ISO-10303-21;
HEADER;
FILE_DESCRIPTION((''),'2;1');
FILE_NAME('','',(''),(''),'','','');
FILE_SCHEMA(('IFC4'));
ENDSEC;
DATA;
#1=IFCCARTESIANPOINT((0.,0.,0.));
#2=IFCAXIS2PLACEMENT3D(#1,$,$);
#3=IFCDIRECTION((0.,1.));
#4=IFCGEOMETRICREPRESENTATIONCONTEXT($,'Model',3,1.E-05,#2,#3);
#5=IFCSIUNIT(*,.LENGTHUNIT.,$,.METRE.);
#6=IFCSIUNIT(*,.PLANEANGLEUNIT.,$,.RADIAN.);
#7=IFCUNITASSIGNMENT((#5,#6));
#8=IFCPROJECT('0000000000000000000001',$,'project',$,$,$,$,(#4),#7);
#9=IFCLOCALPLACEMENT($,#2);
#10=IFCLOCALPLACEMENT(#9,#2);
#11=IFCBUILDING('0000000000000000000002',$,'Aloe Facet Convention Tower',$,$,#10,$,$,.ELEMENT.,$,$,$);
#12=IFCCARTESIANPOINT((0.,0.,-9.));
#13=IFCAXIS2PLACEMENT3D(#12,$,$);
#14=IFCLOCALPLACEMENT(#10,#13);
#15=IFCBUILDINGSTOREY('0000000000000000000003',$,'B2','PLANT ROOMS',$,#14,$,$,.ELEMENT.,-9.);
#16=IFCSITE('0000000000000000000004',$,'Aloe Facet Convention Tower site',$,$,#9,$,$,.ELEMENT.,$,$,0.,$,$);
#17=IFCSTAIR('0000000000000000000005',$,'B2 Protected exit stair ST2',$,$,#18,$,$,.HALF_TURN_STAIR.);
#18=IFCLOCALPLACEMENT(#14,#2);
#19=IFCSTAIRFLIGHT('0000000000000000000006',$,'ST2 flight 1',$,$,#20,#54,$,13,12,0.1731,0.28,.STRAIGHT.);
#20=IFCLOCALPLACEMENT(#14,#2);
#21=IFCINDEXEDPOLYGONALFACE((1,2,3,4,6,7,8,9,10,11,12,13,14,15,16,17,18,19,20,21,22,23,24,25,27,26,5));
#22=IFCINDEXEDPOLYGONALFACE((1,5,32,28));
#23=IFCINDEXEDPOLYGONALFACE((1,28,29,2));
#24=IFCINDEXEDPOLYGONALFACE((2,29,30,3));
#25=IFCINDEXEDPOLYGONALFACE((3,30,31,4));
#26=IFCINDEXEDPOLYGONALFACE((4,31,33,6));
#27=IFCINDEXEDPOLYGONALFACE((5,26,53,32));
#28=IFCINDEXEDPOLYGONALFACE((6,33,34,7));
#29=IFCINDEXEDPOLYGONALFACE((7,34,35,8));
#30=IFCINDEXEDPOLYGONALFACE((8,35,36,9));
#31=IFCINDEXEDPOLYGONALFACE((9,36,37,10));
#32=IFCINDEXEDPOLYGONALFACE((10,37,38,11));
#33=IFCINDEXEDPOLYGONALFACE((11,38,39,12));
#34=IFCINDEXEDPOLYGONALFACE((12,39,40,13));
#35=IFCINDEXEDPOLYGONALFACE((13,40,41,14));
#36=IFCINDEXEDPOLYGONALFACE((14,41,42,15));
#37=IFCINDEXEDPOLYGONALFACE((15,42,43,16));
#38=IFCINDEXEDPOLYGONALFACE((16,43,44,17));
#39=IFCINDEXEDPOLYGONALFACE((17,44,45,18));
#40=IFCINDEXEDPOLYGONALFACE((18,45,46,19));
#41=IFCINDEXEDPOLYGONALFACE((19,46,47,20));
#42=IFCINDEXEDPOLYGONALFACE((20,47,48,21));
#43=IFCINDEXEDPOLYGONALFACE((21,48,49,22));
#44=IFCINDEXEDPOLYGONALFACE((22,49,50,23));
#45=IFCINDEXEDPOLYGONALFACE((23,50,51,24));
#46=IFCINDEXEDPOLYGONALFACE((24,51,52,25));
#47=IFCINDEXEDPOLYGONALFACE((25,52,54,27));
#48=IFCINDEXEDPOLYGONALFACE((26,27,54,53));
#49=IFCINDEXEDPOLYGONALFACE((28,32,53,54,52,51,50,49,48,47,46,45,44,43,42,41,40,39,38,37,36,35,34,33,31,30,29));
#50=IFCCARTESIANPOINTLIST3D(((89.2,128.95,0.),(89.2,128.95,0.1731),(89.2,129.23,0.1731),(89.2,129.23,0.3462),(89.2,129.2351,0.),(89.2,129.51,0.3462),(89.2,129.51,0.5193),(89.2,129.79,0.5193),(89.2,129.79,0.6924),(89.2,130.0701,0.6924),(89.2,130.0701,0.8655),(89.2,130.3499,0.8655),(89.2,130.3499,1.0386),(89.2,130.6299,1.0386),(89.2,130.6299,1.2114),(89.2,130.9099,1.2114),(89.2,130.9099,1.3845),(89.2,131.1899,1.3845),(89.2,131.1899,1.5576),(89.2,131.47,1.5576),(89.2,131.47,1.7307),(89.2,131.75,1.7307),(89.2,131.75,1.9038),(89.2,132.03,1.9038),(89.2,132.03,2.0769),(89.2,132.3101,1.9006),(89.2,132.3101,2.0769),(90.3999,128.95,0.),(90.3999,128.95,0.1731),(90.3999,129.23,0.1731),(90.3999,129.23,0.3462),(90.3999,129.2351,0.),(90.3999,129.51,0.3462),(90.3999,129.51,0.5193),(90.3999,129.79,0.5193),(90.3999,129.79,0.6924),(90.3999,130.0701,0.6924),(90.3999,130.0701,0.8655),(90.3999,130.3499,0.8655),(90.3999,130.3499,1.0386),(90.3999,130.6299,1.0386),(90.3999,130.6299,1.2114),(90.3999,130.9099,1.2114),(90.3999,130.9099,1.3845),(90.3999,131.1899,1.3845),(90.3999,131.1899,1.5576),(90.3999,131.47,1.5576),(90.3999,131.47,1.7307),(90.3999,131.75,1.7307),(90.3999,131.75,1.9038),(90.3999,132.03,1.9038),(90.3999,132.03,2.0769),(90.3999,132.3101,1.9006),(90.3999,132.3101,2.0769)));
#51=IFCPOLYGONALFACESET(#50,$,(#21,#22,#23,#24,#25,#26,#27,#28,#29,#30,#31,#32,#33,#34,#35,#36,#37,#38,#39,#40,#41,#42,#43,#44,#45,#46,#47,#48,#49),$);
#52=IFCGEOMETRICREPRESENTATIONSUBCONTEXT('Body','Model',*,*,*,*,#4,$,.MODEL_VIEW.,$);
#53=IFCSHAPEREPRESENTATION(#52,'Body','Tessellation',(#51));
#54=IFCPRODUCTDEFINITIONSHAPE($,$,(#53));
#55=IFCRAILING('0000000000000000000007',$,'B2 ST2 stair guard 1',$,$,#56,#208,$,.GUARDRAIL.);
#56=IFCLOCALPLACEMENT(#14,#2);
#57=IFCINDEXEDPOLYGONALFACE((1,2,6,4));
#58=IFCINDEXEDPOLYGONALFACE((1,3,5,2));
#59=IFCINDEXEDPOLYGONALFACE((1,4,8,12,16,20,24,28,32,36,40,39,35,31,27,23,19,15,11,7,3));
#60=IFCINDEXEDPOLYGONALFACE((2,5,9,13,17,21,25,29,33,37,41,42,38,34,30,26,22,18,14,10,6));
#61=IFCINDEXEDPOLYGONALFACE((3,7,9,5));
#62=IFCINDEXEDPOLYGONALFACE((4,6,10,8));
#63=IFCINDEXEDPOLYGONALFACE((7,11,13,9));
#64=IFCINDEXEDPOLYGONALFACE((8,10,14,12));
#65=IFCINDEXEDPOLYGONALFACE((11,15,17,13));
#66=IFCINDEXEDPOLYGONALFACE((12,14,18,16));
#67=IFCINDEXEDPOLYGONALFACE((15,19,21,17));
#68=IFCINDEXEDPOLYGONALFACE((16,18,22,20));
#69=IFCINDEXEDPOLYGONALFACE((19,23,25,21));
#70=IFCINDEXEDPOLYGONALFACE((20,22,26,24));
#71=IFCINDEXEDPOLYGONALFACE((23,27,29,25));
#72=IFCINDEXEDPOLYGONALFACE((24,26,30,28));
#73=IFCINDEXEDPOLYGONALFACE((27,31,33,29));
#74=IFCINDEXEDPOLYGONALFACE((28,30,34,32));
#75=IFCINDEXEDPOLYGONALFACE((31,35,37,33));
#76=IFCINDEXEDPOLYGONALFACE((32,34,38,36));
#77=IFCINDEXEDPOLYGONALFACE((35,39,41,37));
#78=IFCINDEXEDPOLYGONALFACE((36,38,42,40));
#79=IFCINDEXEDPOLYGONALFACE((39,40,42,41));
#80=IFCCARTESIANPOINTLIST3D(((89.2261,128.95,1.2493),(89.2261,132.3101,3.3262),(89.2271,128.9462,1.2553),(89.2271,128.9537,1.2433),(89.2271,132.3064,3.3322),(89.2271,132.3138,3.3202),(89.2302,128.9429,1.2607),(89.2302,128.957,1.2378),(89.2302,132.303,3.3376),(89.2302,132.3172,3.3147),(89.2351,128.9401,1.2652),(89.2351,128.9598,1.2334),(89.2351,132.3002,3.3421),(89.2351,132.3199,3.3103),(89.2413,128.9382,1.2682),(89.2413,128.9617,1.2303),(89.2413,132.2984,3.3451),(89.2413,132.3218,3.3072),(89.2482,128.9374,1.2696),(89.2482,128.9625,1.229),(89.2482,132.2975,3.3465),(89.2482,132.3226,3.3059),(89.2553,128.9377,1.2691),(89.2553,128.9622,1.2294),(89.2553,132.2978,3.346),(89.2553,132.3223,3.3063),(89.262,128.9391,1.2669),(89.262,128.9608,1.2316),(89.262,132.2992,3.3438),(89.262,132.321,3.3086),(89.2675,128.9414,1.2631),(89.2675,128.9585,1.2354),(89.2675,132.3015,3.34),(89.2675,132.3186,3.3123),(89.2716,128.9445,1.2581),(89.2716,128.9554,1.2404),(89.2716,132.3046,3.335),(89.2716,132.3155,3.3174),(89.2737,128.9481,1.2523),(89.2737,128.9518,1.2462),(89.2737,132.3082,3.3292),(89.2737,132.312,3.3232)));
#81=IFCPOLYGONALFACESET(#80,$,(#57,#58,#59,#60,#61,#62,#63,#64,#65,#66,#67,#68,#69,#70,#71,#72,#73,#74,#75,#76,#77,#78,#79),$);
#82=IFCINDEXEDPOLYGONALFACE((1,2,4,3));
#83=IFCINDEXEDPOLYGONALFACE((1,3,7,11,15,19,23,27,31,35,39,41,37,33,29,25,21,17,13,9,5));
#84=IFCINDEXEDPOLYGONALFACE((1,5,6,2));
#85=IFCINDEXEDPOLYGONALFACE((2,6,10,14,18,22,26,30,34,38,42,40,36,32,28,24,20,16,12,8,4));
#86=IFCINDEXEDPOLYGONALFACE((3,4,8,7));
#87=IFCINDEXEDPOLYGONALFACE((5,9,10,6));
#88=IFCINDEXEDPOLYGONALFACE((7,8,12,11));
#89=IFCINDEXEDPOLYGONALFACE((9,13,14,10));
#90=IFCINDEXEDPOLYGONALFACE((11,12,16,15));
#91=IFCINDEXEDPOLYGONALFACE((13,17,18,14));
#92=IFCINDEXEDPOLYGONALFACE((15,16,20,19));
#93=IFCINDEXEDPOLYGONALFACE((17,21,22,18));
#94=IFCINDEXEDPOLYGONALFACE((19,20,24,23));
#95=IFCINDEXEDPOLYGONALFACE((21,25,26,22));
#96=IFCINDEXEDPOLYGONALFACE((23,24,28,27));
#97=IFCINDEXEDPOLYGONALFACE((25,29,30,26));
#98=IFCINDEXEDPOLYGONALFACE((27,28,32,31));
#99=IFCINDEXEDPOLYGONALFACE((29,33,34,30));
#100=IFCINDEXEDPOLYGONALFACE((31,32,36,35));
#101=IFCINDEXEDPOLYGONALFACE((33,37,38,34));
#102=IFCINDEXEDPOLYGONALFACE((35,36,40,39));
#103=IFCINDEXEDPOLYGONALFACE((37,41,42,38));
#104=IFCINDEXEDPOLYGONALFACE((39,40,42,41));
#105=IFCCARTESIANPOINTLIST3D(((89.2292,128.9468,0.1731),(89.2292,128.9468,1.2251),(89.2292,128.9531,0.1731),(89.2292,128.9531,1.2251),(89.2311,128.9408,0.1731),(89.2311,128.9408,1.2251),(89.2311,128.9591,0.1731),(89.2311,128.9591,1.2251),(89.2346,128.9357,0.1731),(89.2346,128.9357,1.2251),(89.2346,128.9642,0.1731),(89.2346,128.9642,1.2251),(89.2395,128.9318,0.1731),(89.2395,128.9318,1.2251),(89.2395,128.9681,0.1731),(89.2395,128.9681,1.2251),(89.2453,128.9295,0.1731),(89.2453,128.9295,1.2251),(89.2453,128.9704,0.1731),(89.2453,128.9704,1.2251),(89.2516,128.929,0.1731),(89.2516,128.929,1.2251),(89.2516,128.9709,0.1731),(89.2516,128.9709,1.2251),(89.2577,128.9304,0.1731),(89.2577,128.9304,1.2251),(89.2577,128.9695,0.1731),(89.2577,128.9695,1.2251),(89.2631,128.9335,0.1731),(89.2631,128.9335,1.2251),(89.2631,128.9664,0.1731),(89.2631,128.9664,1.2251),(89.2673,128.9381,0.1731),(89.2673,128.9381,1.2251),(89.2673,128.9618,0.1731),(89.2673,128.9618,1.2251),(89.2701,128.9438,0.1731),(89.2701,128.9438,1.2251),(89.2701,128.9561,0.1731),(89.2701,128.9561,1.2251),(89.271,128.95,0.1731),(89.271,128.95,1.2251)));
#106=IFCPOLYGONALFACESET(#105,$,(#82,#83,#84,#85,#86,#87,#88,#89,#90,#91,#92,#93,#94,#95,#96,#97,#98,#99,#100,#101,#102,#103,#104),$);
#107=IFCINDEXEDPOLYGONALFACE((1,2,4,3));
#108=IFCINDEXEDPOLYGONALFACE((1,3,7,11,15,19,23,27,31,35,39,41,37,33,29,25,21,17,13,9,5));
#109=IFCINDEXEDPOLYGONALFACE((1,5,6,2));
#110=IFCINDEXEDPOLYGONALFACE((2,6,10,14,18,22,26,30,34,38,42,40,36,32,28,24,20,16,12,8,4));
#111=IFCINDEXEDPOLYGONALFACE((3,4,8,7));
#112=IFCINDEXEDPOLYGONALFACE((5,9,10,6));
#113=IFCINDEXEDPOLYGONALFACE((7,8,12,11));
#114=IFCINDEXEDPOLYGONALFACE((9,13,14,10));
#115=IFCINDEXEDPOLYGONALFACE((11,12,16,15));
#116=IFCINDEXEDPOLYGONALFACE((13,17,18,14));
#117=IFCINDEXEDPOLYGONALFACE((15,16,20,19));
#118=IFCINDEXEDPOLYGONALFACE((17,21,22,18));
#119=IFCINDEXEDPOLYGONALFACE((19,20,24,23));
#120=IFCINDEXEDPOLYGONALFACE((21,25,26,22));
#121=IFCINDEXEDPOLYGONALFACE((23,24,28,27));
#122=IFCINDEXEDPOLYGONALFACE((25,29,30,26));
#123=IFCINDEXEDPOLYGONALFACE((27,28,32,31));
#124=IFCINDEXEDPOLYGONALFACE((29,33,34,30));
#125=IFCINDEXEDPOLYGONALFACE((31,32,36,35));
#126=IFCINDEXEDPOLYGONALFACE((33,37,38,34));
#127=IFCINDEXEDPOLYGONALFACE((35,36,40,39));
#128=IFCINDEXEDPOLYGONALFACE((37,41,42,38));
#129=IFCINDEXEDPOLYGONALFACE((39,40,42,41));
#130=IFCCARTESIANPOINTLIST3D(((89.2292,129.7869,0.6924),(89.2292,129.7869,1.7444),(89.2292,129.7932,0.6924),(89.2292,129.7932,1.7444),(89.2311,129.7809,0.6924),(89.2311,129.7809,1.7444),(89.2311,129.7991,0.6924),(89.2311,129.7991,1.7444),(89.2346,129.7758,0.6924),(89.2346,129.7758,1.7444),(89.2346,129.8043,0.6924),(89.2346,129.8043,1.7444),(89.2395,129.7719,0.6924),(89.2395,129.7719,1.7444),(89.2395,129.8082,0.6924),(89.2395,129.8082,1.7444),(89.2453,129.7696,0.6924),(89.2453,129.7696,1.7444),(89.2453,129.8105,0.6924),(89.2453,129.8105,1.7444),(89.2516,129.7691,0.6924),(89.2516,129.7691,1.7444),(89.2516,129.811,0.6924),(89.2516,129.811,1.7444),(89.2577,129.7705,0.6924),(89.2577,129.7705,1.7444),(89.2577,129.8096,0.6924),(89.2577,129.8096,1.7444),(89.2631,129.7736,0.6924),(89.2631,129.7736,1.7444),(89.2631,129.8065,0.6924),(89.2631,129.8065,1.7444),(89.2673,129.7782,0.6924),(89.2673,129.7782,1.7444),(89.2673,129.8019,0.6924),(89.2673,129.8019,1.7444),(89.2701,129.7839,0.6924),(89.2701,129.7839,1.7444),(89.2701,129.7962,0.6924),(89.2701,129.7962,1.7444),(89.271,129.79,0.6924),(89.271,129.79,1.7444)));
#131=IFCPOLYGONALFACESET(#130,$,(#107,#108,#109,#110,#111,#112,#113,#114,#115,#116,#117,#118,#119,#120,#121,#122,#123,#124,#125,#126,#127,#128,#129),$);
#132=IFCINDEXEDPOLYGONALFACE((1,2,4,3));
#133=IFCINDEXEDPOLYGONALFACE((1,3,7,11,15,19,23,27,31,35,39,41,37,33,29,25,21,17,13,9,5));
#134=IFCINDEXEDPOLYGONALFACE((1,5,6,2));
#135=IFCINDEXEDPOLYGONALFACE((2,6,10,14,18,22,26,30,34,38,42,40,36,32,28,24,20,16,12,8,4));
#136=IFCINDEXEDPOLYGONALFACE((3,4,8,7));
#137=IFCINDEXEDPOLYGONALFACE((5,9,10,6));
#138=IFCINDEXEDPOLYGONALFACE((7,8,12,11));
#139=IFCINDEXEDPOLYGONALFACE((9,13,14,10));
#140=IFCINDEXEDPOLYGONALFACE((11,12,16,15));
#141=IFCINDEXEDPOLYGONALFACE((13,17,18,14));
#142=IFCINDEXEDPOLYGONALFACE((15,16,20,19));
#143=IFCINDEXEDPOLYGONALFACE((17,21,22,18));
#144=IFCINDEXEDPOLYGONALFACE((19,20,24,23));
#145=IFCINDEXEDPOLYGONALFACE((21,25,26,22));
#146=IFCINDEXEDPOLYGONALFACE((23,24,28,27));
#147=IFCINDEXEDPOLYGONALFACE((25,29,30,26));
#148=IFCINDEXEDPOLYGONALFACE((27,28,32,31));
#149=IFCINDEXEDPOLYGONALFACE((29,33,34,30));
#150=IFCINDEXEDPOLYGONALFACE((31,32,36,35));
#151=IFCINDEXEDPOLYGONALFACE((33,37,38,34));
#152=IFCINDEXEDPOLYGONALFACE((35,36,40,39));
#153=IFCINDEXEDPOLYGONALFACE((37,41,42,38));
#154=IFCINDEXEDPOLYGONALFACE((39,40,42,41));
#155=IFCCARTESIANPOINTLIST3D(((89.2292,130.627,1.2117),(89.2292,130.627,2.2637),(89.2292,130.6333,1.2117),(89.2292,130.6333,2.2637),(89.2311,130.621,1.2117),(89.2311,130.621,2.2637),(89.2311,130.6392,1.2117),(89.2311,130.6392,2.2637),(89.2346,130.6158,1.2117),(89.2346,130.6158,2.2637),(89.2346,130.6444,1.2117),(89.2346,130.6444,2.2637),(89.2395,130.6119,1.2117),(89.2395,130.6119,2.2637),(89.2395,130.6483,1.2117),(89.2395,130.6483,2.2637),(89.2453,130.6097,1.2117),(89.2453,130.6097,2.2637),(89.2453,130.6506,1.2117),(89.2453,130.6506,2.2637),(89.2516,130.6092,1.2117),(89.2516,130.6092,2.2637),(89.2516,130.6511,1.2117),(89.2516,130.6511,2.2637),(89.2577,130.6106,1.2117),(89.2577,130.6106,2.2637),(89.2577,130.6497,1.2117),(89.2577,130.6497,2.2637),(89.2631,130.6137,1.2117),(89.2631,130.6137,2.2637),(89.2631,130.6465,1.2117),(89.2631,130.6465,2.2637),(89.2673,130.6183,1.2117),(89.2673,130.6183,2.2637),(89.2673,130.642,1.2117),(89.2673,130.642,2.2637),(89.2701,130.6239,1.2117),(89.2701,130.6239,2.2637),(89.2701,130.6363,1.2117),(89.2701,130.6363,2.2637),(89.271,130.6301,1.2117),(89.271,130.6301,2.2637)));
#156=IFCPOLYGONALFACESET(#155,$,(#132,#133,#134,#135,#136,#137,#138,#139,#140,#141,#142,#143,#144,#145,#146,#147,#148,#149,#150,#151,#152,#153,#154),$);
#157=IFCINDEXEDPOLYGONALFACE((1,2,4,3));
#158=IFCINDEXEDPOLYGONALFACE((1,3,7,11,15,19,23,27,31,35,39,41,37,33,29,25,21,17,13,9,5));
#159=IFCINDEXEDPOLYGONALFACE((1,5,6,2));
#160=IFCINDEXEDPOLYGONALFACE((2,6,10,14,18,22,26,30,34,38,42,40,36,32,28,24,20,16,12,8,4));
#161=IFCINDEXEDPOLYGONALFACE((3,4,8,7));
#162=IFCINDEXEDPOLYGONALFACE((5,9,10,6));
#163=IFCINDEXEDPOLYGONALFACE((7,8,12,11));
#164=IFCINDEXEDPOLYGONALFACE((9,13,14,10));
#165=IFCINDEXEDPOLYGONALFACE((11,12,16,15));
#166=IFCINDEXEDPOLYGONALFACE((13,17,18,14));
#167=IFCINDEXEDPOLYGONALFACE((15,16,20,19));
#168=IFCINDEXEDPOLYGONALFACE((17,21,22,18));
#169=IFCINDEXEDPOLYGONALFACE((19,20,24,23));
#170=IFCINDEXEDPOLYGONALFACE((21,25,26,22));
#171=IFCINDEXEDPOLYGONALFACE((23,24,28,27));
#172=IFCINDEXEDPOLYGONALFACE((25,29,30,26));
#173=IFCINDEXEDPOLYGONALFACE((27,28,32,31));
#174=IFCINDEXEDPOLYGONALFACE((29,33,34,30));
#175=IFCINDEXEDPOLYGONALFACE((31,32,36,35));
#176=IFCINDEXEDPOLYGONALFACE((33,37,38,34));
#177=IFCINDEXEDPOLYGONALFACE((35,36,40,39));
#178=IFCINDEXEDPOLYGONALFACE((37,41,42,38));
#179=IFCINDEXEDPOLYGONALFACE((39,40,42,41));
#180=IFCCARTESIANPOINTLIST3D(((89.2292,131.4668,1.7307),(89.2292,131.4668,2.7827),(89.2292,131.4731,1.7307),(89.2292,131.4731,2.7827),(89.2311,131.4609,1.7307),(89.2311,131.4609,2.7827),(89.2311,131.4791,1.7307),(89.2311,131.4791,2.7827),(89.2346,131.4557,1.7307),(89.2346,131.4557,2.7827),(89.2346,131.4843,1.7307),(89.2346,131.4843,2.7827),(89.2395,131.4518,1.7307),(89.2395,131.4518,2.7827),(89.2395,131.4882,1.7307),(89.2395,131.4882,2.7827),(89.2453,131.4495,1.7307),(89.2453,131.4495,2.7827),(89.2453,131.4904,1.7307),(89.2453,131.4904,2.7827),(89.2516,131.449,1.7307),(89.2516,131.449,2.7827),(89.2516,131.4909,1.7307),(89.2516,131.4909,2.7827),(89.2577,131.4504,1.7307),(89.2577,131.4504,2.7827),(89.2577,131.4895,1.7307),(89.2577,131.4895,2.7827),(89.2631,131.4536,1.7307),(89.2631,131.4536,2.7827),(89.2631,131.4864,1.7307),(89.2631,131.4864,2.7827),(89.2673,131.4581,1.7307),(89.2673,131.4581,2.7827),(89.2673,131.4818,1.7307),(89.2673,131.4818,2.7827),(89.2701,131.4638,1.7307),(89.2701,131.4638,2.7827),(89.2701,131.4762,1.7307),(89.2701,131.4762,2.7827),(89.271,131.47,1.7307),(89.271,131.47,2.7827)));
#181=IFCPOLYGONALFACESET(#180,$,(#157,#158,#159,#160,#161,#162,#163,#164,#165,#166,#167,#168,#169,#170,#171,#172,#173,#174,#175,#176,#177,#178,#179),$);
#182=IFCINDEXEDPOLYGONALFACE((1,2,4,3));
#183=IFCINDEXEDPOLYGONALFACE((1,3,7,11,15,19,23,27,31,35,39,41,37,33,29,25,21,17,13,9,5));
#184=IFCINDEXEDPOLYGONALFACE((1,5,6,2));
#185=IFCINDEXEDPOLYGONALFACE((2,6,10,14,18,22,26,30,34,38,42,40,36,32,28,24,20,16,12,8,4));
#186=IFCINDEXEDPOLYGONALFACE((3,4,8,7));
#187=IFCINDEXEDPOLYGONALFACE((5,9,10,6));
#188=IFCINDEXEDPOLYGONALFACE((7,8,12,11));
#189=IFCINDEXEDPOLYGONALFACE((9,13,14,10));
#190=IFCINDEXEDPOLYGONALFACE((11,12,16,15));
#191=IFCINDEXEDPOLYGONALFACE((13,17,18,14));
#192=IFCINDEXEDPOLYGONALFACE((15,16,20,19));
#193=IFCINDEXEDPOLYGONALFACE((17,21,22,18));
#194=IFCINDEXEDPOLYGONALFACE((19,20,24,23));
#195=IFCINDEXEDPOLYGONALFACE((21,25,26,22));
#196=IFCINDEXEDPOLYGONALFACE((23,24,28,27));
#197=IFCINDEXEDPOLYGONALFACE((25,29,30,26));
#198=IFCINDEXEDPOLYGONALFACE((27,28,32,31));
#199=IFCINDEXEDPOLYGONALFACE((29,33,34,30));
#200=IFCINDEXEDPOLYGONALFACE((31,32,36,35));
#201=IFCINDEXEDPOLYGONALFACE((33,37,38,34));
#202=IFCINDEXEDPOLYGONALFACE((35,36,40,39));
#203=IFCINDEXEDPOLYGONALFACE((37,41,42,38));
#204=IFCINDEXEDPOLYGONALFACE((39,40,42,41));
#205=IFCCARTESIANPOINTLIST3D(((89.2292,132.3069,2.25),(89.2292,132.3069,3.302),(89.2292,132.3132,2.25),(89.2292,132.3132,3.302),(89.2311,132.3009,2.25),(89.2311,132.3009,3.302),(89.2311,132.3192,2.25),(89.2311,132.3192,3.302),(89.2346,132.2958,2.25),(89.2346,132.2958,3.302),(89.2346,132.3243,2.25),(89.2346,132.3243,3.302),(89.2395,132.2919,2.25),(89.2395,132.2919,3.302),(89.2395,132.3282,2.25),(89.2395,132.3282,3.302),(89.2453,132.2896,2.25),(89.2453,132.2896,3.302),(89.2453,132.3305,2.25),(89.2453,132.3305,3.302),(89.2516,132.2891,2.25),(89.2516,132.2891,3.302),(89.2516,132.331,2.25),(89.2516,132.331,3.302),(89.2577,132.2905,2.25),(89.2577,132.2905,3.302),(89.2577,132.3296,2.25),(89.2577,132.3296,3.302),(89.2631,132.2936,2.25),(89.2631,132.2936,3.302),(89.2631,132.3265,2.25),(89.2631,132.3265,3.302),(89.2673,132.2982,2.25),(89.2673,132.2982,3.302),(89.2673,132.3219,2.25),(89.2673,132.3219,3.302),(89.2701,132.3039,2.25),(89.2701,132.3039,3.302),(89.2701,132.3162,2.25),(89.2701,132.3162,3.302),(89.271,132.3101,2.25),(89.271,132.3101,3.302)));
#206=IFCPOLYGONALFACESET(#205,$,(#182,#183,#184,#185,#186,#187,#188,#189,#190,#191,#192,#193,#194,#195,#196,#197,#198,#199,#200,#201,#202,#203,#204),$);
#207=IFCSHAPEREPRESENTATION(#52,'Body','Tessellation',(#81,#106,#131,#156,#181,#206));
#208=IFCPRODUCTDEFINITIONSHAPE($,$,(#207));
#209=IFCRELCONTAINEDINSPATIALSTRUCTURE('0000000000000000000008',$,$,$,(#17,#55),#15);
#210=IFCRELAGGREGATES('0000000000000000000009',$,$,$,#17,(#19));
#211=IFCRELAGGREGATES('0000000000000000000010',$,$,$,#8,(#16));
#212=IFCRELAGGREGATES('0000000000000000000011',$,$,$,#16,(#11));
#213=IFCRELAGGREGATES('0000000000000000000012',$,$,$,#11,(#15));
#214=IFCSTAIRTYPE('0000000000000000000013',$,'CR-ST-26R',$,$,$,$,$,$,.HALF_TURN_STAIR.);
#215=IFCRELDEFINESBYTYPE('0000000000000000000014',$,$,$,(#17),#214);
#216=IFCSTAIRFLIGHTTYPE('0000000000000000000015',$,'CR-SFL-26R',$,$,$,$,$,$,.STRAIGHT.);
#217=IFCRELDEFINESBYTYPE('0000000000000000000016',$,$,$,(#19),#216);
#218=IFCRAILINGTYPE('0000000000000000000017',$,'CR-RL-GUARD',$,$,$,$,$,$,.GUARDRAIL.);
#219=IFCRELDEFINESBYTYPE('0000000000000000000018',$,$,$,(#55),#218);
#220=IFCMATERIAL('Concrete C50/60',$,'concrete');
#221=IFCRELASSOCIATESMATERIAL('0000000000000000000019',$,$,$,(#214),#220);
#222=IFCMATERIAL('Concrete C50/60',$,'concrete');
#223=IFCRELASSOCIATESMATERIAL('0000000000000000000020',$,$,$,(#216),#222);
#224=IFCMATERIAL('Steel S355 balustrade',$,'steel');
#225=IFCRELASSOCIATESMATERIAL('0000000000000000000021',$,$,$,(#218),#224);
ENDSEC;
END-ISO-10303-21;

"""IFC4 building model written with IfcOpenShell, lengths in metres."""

from ifc_helpers import new_model, si_unit, direction, frame, origin, origin_2d, place, context, subcontext, project, spatial, polyline, circle, outline, extrude, material, type_object, element, aggregate, save


model = new_model("IFC4")

# Units and contexts
model_context = context("Model", 3, precision=1e-05, world=origin(), true_north=direction((0.0, 1.0)))
body_context = subcontext(model_context, "Body", "Model", "MODEL_VIEW")
ifc_project = project(units=[si_unit("LENGTHUNIT", "METRE"), si_unit("PLANEANGLEUNIT", "RADIAN")], contexts=[model_context])

# Site, building, storey
site_placement = place(None, origin())
site = spatial("IfcSite", under=ifc_project, at=site_placement, Name="Aloe Facet Convention Tower site", CompositionType="ELEMENT", RefElevation=0.0)
building_placement = place(site_placement, origin())
building = spatial("IfcBuilding", under=site, at=building_placement, Name="Aloe Facet Convention Tower", CompositionType="ELEMENT")
storey_placement = place(building_placement, frame((0.0, 0.0, -9.0)))
storey = spatial("IfcBuildingStorey", under=building, at=storey_placement, Name="B2", Description="PLANT ROOMS", CompositionType="ELEMENT", Elevation=-9.0)

# Stair, stair flight
ifc_material_1 = material(Name="Concrete C50/60", Category="concrete")
stair_type = type_object("IfcStairType", Name="CR-ST-26R", PredefinedType="HALF_TURN_STAIR", material=ifc_material_1)
stair_placement = place(storey_placement, origin())
stair = element("IfcStair", 1, at=stair_placement, inside=storey, type_object=stair_type, Name="B2 Protected exit stair ST2", PredefinedType="HALF_TURN_STAIR")
ifc_material_2 = material(Name="Concrete C50/60", Category="concrete")
stair_flight_type = type_object("IfcStairFlightType", Name="CR-SFL-26R", PredefinedType="STRAIGHT", material=ifc_material_2)
stair_flight_placement = place(storey_placement, frame((89.8, 128.95, 0.0), z_axis=(0.0, 0.0, 1.0), x_axis=(0.0, 1.0, 0.0)))
stair_flight = element("IfcStairFlight", 2, at=stair_flight_placement, type_object=stair_flight_type, Name="ST2 flight 1", NumberOfRisers=13, NumberOfTreads=12, PredefinedType="STRAIGHT", RiserHeight=0.1731, TreadLength=0.28, context=body_context, shape_type="SweptSolid", body=[
    extrude(outline(polyline([(0.0, 0.0), (0.0, 0.1731), (0.28, 0.1731), (0.28, 0.3462), (0.5601, 0.3462), (0.5601, 0.5193), (0.8401, 0.5193), (0.8401, 0.6924), (1.1201, 0.6924), (1.1201, 0.8655), (1.3999, 0.8655), (1.3999, 1.0386), (1.6799, 1.0386), (1.6799, 1.2114), (1.96, 1.2114), (1.96, 1.3845), (2.24, 1.3845), (2.24, 1.5576), (2.52, 1.5576), (2.52, 1.7307), (2.8, 1.7307), (2.8, 1.9038), (3.0801, 1.9038), (3.0801, 2.0769), (3.3601, 2.0769), (3.3601, 2.25), (3.3601, 1.9006), (0.2852, 0.0), (0.0, 0.0)])), frame((0.0, 0.6001, 0.0), z_axis=(0.0, -1.0, 0.0), x_axis=(1.0, 0.0, 0.0)), (0.0, 0.0, 1.0), 1.2),
])
aggregate(stair, [stair_flight])

# Railing
ifc_material_3 = material(Name="Steel S355 balustrade", Category="steel")
railing_type_1 = type_object("IfcRailingType", Name="CR-RL-GUARD", PredefinedType="GUARDRAIL", material=ifc_material_3)
railing_1_placement = place(storey_placement, frame((89.25, 128.95, 0.1731)))
element("IfcRailing", 3, at=railing_1_placement, inside=storey, type_object=railing_type_1, Name="B2 ST2 stair guard 1", PredefinedType="GUARDRAIL", context=body_context, shape_type="SweptSolid", body=[
    extrude(circle(Radius=0.0239, at=origin_2d()), frame((0.0, 0.0, 1.0762), z_axis=(0.0, 0.850623, 0.525776), x_axis=(-1.0, 0.0, 0.0)), (0.0, 0.0, 1.0), 3.9502),
    extrude(circle(Radius=0.021, at=origin_2d()), origin(), (0.0, 0.0, 1.0), 1.052),
    extrude(circle(Radius=0.021, at=origin_2d()), frame((0.0, 0.8401, 0.5193)), (0.0, 0.0, 1.0), 1.052),
    extrude(circle(Radius=0.021, at=origin_2d()), frame((0.0, 1.6802, 1.0386)), (0.0, 0.0, 1.0), 1.052),
    extrude(circle(Radius=0.021, at=origin_2d()), frame((0.0, 2.52, 1.5576)), (0.0, 0.0, 1.0), 1.052),
    extrude(circle(Radius=0.021, at=origin_2d()), frame((0.0, 3.3601, 2.0769)), (0.0, 0.0, 1.0), 1.052),
])

save(model, "model.ifc")
